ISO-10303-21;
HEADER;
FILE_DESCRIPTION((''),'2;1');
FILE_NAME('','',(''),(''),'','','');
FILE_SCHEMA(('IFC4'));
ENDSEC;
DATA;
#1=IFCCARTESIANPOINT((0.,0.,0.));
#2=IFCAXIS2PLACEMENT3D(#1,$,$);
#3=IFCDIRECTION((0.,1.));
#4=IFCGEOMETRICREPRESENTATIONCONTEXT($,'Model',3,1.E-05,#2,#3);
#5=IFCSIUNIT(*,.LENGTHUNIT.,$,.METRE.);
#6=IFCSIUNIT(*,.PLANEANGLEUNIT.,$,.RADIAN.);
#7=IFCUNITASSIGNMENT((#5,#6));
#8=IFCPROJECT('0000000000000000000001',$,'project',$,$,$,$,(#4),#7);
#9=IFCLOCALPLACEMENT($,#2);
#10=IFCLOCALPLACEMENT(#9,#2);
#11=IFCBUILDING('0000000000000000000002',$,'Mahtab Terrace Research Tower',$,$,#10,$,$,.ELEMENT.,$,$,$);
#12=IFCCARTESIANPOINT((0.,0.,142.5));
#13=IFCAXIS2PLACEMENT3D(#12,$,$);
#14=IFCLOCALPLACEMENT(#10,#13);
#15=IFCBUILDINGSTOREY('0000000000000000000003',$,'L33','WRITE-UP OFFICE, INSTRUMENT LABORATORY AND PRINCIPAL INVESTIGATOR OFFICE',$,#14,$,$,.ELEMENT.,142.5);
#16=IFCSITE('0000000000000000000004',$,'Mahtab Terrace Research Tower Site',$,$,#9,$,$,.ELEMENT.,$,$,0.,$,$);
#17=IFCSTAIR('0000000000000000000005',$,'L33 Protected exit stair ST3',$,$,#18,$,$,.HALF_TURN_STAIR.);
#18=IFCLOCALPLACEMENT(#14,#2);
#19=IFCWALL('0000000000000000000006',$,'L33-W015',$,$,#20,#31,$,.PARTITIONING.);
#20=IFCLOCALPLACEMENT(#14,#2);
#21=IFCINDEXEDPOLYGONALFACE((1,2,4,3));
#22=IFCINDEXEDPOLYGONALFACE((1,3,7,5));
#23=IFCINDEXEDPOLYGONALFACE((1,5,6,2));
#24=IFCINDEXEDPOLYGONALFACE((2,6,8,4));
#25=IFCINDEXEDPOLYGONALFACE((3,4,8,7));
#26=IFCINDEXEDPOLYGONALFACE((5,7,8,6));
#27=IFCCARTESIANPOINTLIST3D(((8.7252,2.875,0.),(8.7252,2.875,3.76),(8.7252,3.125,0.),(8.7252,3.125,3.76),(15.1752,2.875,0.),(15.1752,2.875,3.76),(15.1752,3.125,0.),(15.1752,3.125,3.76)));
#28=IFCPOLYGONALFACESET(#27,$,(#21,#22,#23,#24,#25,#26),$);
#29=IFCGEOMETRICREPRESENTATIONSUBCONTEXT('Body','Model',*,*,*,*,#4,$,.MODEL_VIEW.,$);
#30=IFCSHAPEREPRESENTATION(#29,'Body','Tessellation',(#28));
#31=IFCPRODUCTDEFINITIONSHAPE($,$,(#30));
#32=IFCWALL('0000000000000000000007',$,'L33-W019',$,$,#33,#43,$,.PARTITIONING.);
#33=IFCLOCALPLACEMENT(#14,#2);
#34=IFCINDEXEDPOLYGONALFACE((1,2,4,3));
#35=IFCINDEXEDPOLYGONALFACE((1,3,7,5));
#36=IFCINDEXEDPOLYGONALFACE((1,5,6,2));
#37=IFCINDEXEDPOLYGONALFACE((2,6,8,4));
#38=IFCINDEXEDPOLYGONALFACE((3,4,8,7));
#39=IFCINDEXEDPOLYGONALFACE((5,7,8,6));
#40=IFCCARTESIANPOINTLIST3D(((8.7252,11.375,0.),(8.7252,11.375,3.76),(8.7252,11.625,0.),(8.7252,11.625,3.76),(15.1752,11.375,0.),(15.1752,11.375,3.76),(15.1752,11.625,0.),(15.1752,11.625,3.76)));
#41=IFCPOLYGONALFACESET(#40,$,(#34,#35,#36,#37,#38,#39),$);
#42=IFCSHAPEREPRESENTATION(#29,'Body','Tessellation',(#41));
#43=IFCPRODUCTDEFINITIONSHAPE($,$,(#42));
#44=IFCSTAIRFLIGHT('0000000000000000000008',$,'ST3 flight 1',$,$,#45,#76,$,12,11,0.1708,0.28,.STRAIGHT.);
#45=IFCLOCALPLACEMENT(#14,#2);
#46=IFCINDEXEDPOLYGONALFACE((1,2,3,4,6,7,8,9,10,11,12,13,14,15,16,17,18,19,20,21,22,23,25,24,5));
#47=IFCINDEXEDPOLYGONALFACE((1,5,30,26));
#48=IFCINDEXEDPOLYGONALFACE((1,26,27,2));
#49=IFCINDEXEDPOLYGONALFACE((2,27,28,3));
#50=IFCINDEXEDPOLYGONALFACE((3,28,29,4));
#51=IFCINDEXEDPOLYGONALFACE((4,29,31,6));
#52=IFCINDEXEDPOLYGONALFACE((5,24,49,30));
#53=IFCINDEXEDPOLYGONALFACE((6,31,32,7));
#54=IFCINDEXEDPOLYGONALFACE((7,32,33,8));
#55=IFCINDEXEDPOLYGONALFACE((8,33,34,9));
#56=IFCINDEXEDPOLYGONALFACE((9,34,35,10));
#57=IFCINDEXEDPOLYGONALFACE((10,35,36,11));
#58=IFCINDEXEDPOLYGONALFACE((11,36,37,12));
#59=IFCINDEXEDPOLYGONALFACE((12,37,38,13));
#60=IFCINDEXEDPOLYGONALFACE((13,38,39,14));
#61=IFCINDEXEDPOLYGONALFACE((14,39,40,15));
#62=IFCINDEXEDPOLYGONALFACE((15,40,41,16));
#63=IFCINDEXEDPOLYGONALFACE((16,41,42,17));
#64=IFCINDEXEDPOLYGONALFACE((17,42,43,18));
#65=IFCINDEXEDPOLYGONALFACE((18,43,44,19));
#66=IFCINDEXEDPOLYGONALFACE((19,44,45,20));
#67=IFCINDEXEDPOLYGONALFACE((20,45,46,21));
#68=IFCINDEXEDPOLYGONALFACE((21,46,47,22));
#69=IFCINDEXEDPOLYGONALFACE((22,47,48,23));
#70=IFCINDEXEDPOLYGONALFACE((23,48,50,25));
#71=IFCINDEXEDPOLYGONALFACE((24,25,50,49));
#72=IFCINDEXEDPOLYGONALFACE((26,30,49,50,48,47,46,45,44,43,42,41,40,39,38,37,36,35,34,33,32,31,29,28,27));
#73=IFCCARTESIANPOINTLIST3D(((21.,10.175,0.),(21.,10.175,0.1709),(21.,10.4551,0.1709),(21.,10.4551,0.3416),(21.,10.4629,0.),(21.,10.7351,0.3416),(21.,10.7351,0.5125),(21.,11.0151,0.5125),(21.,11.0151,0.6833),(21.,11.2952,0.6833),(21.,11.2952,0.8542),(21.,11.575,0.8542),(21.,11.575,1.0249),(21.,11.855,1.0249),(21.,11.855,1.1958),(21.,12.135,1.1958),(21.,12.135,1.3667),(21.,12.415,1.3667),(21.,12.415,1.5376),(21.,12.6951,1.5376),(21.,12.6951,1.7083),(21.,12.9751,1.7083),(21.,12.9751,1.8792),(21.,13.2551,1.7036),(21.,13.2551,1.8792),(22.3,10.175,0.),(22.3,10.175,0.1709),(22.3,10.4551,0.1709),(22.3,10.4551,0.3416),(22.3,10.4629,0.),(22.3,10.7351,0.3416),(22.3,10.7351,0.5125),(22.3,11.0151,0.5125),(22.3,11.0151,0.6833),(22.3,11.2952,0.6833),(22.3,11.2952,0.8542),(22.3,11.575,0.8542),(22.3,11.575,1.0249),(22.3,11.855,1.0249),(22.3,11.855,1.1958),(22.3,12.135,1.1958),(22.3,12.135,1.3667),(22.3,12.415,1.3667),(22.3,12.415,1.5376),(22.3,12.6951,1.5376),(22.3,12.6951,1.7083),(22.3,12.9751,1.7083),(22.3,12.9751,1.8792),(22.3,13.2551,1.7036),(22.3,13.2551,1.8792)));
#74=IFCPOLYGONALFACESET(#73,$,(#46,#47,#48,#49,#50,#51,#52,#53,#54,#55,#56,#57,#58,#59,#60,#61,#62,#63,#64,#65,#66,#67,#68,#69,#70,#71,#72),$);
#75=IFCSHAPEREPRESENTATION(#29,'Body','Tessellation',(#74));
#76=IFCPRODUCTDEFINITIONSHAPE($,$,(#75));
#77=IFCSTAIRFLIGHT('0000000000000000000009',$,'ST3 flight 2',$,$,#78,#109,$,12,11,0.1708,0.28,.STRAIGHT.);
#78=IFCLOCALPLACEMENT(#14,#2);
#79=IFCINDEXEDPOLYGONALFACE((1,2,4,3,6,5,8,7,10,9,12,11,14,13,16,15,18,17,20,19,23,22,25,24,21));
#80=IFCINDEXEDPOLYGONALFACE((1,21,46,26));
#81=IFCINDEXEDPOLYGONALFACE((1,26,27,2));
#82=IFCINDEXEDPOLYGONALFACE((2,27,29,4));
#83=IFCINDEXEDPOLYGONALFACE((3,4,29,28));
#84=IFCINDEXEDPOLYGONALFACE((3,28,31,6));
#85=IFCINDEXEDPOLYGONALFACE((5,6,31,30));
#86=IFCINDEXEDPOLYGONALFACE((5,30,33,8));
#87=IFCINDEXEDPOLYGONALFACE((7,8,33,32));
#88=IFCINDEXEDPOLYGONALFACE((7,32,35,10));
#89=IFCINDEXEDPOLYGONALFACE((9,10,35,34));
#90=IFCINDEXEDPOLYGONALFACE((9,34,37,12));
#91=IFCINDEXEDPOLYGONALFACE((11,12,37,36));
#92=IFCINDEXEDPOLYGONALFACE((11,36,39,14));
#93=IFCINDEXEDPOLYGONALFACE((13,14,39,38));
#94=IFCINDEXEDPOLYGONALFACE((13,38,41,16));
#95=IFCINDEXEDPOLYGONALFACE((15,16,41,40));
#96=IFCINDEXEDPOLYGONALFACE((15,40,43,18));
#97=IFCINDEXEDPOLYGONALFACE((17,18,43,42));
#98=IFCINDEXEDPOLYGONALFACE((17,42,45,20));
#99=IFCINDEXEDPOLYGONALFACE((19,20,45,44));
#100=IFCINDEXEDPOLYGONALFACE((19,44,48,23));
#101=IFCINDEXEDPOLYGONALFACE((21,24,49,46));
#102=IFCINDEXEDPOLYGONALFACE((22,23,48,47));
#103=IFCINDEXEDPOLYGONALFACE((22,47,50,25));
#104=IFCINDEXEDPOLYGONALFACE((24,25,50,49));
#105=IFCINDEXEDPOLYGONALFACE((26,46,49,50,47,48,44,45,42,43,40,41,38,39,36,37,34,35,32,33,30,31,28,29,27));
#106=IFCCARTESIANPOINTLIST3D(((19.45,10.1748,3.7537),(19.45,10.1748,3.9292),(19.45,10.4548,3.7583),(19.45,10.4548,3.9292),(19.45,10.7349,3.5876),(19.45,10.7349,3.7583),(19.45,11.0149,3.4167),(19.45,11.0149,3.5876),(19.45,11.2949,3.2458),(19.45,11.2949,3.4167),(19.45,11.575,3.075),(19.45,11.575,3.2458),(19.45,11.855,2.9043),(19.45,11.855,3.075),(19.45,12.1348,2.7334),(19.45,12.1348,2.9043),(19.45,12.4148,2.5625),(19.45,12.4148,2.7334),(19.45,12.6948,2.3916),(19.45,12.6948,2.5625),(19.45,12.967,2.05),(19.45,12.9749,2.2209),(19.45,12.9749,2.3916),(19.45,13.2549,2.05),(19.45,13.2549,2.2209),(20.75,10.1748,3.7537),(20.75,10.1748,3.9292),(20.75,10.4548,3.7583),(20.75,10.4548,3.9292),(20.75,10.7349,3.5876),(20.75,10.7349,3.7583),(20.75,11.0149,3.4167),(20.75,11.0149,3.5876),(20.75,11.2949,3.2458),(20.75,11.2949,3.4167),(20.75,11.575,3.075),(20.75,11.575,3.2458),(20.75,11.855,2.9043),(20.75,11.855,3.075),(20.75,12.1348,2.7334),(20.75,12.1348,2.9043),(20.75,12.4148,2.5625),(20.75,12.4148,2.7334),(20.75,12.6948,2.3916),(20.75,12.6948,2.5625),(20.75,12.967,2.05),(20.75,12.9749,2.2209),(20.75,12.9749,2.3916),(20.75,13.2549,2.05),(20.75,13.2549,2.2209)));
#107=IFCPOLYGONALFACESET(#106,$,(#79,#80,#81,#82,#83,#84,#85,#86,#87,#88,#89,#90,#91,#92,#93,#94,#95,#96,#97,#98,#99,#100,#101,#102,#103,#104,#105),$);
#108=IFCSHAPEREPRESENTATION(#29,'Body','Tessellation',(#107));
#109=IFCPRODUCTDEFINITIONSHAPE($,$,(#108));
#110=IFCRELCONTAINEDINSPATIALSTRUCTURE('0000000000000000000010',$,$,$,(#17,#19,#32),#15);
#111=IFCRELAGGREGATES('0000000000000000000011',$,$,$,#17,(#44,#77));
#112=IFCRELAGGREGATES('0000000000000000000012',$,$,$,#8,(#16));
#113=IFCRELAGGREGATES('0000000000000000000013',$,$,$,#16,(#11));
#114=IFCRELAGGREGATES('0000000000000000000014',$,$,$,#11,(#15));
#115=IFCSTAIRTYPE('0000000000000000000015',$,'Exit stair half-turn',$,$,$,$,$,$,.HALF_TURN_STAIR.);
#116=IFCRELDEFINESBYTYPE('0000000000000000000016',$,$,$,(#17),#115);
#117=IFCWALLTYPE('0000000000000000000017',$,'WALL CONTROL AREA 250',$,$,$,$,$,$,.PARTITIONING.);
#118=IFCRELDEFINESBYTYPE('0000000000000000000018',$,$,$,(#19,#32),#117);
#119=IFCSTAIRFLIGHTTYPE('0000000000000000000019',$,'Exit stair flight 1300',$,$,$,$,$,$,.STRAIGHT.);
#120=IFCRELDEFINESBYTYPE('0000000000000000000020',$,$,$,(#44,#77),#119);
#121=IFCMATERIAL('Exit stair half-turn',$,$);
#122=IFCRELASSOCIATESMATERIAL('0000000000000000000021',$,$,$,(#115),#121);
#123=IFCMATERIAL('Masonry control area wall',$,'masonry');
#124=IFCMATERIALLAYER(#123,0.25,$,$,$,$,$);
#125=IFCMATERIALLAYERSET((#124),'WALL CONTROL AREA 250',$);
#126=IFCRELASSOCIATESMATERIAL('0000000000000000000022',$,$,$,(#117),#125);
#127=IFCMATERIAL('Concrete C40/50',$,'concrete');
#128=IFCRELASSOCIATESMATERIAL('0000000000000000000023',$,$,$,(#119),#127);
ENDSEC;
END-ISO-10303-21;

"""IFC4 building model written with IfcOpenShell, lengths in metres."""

from ifc_helpers import new_model, si_unit, direction, frame, frame_2d, origin, place, context, subcontext, project, spatial, polyline, rectangle, outline, extrude, material, layer, layer_set, type_object, element, aggregate, save


model = new_model("IFC4")

# Units and contexts
model_context = context("Model", 3, precision=1e-05, world=origin(), true_north=direction((0.0, 1.0)))
body_context = subcontext(model_context, "Body", "Model", "MODEL_VIEW")
ifc_project = project(units=[si_unit("LENGTHUNIT", "METRE"), si_unit("PLANEANGLEUNIT", "RADIAN")], contexts=[model_context])

# Site, building, storey
site_placement = place(None, origin())
site = spatial("IfcSite", under=ifc_project, at=site_placement, Name="Mahtab Terrace Research Tower Site", CompositionType="ELEMENT", RefElevation=0.0)
building_placement = place(site_placement, origin())
building = spatial("IfcBuilding", under=site, at=building_placement, Name="Mahtab Terrace Research Tower", CompositionType="ELEMENT")
storey_placement = place(building_placement, frame((0.0, 0.0, 142.5)))
storey = spatial("IfcBuildingStorey", under=building, at=storey_placement, Name="L33", Description="WRITE-UP OFFICE, INSTRUMENT LABORATORY AND PRINCIPAL INVESTIGATOR OFFICE", CompositionType="ELEMENT", Elevation=142.5)

# Stair
ifc_material_1 = material(Name="Exit stair half-turn")
stair_type = type_object("IfcStairType", Name="Exit stair half-turn", PredefinedType="HALF_TURN_STAIR", material=ifc_material_1)
stair_1_placement = place(storey_placement, origin())
stair_1 = element("IfcStair", 1, at=stair_1_placement, inside=storey, type_object=stair_type, Name="L33 Protected exit stair ST3", PredefinedType="HALF_TURN_STAIR")
ifc_material_2 = material(Name="Concrete C40/50", Category="concrete")

# Walls
ifc_material_3 = material(Name="Masonry control area wall", Category="masonry")
ifc_layer_1 = layer(ifc_material_3, 0.25)
ifc_layer_set_1 = layer_set([ifc_layer_1], Name="WALL CONTROL AREA 250")
wall_type_1 = type_object("IfcWallType", Name="WALL CONTROL AREA 250", PredefinedType="PARTITIONING", material=ifc_layer_set_1)
for number, where, z_axis, x_axis, name in (
    (2, (8.7251, 3.0, 0.0), (0.0, 0.0, 1.0), (1.0, 0.0, 0.0), "L33-W015"),
    (3, (8.7251, 11.5, 0.0), (0.0, 0.0, 1.0), (1.0, 0.0, 0.0), "L33-W019"),
):
    element("IfcWall", number, at=place(storey_placement, frame(where, z_axis=z_axis, x_axis=x_axis)), inside=storey, type_object=wall_type_1, Name=name, PredefinedType="PARTITIONING", context=body_context, shape_type="SweptSolid", body=[
        extrude(rectangle(XDim=6.45, YDim=0.25, at=frame_2d((3.2251, 0.0))), origin(), (0.0, 0.0, 1.0), 3.76),
    ])

# Stair flights
stair_flight_type = type_object("IfcStairFlightType", Name="Exit stair flight 1300", PredefinedType="STRAIGHT", material=ifc_material_2)
stair_flight_1_placement = place(storey_placement, frame((21.6499, 10.175, 0.0), z_axis=(0.0, 0.0, 1.0), x_axis=(0.0, 1.0, 0.0)))
stair_flight_1 = element("IfcStairFlight", 4, at=stair_flight_1_placement, type_object=stair_flight_type, Name="ST3 flight 1", NumberOfRisers=12, NumberOfTreads=11, PredefinedType="STRAIGHT", RiserHeight=0.1708, TreadLength=0.28, context=body_context, shape_type="SweptSolid", body=[
    extrude(outline(polyline([(0.0, 0.0), (0.0, 0.1709), (0.28, 0.1709), (0.28, 0.3416), (0.5601, 0.3416), (0.5601, 0.5125), (0.8401, 0.5125), (0.8401, 0.6833), (1.1201, 0.6833), (1.1201, 0.8542), (1.3999, 0.8542), (1.3999, 1.0249), (1.6799, 1.0249), (1.6799, 1.1958), (1.96, 1.1958), (1.96, 1.3667), (2.24, 1.3667), (2.24, 1.5376), (2.52, 1.5376), (2.52, 1.7083), (2.8, 1.7083), (2.8, 1.8792), (3.0801, 1.8792), (3.0801, 2.05), (3.0801, 1.7036), (0.2878, 0.0), (0.0, 0.0)])), frame((0.0, 0.6499, 0.0), z_axis=(0.0, -1.0, 0.0), x_axis=(1.0, 0.0, 0.0)), (0.0, 0.0, 1.0), 1.3),
])
stair_flight_2_placement = place(storey_placement, frame((20.1001, 13.2549, 2.05), z_axis=(0.0, 0.0, 1.0), x_axis=(0.0, -1.0, 0.0)))
stair_flight_2 = element("IfcStairFlight", 5, at=stair_flight_2_placement, type_object=stair_flight_type, Name="ST3 flight 2", NumberOfRisers=12, NumberOfTreads=11, PredefinedType="STRAIGHT", RiserHeight=0.1708, TreadLength=0.28, context=body_context, shape_type="SweptSolid", body=[
    extrude(outline(polyline([(0.0, 0.0), (0.0, 0.1709), (0.28, 0.1709), (0.28, 0.3416), (0.5601, 0.3416), (0.5601, 0.5125), (0.8401, 0.5125), (0.8401, 0.6833), (1.1201, 0.6833), (1.1201, 0.8542), (1.3999, 0.8542), (1.3999, 1.0249), (1.6799, 1.0249), (1.6799, 1.1958), (1.96, 1.1958), (1.96, 1.3667), (2.24, 1.3667), (2.24, 1.5376), (2.52, 1.5376), (2.52, 1.7083), (2.8, 1.7083), (2.8, 1.8792), (3.0801, 1.8792), (3.0801, 2.05), (3.0801, 1.7036), (0.2878, 0.0), (0.0, 0.0)])), frame((0.0, 0.6499, 0.0), z_axis=(0.0, -1.0, 0.0), x_axis=(1.0, 0.0, 0.0)), (0.0, 0.0, 1.0), 1.3),
])
aggregate(stair_1, [stair_flight_1, stair_flight_2])

save(model, "model.ifc")
